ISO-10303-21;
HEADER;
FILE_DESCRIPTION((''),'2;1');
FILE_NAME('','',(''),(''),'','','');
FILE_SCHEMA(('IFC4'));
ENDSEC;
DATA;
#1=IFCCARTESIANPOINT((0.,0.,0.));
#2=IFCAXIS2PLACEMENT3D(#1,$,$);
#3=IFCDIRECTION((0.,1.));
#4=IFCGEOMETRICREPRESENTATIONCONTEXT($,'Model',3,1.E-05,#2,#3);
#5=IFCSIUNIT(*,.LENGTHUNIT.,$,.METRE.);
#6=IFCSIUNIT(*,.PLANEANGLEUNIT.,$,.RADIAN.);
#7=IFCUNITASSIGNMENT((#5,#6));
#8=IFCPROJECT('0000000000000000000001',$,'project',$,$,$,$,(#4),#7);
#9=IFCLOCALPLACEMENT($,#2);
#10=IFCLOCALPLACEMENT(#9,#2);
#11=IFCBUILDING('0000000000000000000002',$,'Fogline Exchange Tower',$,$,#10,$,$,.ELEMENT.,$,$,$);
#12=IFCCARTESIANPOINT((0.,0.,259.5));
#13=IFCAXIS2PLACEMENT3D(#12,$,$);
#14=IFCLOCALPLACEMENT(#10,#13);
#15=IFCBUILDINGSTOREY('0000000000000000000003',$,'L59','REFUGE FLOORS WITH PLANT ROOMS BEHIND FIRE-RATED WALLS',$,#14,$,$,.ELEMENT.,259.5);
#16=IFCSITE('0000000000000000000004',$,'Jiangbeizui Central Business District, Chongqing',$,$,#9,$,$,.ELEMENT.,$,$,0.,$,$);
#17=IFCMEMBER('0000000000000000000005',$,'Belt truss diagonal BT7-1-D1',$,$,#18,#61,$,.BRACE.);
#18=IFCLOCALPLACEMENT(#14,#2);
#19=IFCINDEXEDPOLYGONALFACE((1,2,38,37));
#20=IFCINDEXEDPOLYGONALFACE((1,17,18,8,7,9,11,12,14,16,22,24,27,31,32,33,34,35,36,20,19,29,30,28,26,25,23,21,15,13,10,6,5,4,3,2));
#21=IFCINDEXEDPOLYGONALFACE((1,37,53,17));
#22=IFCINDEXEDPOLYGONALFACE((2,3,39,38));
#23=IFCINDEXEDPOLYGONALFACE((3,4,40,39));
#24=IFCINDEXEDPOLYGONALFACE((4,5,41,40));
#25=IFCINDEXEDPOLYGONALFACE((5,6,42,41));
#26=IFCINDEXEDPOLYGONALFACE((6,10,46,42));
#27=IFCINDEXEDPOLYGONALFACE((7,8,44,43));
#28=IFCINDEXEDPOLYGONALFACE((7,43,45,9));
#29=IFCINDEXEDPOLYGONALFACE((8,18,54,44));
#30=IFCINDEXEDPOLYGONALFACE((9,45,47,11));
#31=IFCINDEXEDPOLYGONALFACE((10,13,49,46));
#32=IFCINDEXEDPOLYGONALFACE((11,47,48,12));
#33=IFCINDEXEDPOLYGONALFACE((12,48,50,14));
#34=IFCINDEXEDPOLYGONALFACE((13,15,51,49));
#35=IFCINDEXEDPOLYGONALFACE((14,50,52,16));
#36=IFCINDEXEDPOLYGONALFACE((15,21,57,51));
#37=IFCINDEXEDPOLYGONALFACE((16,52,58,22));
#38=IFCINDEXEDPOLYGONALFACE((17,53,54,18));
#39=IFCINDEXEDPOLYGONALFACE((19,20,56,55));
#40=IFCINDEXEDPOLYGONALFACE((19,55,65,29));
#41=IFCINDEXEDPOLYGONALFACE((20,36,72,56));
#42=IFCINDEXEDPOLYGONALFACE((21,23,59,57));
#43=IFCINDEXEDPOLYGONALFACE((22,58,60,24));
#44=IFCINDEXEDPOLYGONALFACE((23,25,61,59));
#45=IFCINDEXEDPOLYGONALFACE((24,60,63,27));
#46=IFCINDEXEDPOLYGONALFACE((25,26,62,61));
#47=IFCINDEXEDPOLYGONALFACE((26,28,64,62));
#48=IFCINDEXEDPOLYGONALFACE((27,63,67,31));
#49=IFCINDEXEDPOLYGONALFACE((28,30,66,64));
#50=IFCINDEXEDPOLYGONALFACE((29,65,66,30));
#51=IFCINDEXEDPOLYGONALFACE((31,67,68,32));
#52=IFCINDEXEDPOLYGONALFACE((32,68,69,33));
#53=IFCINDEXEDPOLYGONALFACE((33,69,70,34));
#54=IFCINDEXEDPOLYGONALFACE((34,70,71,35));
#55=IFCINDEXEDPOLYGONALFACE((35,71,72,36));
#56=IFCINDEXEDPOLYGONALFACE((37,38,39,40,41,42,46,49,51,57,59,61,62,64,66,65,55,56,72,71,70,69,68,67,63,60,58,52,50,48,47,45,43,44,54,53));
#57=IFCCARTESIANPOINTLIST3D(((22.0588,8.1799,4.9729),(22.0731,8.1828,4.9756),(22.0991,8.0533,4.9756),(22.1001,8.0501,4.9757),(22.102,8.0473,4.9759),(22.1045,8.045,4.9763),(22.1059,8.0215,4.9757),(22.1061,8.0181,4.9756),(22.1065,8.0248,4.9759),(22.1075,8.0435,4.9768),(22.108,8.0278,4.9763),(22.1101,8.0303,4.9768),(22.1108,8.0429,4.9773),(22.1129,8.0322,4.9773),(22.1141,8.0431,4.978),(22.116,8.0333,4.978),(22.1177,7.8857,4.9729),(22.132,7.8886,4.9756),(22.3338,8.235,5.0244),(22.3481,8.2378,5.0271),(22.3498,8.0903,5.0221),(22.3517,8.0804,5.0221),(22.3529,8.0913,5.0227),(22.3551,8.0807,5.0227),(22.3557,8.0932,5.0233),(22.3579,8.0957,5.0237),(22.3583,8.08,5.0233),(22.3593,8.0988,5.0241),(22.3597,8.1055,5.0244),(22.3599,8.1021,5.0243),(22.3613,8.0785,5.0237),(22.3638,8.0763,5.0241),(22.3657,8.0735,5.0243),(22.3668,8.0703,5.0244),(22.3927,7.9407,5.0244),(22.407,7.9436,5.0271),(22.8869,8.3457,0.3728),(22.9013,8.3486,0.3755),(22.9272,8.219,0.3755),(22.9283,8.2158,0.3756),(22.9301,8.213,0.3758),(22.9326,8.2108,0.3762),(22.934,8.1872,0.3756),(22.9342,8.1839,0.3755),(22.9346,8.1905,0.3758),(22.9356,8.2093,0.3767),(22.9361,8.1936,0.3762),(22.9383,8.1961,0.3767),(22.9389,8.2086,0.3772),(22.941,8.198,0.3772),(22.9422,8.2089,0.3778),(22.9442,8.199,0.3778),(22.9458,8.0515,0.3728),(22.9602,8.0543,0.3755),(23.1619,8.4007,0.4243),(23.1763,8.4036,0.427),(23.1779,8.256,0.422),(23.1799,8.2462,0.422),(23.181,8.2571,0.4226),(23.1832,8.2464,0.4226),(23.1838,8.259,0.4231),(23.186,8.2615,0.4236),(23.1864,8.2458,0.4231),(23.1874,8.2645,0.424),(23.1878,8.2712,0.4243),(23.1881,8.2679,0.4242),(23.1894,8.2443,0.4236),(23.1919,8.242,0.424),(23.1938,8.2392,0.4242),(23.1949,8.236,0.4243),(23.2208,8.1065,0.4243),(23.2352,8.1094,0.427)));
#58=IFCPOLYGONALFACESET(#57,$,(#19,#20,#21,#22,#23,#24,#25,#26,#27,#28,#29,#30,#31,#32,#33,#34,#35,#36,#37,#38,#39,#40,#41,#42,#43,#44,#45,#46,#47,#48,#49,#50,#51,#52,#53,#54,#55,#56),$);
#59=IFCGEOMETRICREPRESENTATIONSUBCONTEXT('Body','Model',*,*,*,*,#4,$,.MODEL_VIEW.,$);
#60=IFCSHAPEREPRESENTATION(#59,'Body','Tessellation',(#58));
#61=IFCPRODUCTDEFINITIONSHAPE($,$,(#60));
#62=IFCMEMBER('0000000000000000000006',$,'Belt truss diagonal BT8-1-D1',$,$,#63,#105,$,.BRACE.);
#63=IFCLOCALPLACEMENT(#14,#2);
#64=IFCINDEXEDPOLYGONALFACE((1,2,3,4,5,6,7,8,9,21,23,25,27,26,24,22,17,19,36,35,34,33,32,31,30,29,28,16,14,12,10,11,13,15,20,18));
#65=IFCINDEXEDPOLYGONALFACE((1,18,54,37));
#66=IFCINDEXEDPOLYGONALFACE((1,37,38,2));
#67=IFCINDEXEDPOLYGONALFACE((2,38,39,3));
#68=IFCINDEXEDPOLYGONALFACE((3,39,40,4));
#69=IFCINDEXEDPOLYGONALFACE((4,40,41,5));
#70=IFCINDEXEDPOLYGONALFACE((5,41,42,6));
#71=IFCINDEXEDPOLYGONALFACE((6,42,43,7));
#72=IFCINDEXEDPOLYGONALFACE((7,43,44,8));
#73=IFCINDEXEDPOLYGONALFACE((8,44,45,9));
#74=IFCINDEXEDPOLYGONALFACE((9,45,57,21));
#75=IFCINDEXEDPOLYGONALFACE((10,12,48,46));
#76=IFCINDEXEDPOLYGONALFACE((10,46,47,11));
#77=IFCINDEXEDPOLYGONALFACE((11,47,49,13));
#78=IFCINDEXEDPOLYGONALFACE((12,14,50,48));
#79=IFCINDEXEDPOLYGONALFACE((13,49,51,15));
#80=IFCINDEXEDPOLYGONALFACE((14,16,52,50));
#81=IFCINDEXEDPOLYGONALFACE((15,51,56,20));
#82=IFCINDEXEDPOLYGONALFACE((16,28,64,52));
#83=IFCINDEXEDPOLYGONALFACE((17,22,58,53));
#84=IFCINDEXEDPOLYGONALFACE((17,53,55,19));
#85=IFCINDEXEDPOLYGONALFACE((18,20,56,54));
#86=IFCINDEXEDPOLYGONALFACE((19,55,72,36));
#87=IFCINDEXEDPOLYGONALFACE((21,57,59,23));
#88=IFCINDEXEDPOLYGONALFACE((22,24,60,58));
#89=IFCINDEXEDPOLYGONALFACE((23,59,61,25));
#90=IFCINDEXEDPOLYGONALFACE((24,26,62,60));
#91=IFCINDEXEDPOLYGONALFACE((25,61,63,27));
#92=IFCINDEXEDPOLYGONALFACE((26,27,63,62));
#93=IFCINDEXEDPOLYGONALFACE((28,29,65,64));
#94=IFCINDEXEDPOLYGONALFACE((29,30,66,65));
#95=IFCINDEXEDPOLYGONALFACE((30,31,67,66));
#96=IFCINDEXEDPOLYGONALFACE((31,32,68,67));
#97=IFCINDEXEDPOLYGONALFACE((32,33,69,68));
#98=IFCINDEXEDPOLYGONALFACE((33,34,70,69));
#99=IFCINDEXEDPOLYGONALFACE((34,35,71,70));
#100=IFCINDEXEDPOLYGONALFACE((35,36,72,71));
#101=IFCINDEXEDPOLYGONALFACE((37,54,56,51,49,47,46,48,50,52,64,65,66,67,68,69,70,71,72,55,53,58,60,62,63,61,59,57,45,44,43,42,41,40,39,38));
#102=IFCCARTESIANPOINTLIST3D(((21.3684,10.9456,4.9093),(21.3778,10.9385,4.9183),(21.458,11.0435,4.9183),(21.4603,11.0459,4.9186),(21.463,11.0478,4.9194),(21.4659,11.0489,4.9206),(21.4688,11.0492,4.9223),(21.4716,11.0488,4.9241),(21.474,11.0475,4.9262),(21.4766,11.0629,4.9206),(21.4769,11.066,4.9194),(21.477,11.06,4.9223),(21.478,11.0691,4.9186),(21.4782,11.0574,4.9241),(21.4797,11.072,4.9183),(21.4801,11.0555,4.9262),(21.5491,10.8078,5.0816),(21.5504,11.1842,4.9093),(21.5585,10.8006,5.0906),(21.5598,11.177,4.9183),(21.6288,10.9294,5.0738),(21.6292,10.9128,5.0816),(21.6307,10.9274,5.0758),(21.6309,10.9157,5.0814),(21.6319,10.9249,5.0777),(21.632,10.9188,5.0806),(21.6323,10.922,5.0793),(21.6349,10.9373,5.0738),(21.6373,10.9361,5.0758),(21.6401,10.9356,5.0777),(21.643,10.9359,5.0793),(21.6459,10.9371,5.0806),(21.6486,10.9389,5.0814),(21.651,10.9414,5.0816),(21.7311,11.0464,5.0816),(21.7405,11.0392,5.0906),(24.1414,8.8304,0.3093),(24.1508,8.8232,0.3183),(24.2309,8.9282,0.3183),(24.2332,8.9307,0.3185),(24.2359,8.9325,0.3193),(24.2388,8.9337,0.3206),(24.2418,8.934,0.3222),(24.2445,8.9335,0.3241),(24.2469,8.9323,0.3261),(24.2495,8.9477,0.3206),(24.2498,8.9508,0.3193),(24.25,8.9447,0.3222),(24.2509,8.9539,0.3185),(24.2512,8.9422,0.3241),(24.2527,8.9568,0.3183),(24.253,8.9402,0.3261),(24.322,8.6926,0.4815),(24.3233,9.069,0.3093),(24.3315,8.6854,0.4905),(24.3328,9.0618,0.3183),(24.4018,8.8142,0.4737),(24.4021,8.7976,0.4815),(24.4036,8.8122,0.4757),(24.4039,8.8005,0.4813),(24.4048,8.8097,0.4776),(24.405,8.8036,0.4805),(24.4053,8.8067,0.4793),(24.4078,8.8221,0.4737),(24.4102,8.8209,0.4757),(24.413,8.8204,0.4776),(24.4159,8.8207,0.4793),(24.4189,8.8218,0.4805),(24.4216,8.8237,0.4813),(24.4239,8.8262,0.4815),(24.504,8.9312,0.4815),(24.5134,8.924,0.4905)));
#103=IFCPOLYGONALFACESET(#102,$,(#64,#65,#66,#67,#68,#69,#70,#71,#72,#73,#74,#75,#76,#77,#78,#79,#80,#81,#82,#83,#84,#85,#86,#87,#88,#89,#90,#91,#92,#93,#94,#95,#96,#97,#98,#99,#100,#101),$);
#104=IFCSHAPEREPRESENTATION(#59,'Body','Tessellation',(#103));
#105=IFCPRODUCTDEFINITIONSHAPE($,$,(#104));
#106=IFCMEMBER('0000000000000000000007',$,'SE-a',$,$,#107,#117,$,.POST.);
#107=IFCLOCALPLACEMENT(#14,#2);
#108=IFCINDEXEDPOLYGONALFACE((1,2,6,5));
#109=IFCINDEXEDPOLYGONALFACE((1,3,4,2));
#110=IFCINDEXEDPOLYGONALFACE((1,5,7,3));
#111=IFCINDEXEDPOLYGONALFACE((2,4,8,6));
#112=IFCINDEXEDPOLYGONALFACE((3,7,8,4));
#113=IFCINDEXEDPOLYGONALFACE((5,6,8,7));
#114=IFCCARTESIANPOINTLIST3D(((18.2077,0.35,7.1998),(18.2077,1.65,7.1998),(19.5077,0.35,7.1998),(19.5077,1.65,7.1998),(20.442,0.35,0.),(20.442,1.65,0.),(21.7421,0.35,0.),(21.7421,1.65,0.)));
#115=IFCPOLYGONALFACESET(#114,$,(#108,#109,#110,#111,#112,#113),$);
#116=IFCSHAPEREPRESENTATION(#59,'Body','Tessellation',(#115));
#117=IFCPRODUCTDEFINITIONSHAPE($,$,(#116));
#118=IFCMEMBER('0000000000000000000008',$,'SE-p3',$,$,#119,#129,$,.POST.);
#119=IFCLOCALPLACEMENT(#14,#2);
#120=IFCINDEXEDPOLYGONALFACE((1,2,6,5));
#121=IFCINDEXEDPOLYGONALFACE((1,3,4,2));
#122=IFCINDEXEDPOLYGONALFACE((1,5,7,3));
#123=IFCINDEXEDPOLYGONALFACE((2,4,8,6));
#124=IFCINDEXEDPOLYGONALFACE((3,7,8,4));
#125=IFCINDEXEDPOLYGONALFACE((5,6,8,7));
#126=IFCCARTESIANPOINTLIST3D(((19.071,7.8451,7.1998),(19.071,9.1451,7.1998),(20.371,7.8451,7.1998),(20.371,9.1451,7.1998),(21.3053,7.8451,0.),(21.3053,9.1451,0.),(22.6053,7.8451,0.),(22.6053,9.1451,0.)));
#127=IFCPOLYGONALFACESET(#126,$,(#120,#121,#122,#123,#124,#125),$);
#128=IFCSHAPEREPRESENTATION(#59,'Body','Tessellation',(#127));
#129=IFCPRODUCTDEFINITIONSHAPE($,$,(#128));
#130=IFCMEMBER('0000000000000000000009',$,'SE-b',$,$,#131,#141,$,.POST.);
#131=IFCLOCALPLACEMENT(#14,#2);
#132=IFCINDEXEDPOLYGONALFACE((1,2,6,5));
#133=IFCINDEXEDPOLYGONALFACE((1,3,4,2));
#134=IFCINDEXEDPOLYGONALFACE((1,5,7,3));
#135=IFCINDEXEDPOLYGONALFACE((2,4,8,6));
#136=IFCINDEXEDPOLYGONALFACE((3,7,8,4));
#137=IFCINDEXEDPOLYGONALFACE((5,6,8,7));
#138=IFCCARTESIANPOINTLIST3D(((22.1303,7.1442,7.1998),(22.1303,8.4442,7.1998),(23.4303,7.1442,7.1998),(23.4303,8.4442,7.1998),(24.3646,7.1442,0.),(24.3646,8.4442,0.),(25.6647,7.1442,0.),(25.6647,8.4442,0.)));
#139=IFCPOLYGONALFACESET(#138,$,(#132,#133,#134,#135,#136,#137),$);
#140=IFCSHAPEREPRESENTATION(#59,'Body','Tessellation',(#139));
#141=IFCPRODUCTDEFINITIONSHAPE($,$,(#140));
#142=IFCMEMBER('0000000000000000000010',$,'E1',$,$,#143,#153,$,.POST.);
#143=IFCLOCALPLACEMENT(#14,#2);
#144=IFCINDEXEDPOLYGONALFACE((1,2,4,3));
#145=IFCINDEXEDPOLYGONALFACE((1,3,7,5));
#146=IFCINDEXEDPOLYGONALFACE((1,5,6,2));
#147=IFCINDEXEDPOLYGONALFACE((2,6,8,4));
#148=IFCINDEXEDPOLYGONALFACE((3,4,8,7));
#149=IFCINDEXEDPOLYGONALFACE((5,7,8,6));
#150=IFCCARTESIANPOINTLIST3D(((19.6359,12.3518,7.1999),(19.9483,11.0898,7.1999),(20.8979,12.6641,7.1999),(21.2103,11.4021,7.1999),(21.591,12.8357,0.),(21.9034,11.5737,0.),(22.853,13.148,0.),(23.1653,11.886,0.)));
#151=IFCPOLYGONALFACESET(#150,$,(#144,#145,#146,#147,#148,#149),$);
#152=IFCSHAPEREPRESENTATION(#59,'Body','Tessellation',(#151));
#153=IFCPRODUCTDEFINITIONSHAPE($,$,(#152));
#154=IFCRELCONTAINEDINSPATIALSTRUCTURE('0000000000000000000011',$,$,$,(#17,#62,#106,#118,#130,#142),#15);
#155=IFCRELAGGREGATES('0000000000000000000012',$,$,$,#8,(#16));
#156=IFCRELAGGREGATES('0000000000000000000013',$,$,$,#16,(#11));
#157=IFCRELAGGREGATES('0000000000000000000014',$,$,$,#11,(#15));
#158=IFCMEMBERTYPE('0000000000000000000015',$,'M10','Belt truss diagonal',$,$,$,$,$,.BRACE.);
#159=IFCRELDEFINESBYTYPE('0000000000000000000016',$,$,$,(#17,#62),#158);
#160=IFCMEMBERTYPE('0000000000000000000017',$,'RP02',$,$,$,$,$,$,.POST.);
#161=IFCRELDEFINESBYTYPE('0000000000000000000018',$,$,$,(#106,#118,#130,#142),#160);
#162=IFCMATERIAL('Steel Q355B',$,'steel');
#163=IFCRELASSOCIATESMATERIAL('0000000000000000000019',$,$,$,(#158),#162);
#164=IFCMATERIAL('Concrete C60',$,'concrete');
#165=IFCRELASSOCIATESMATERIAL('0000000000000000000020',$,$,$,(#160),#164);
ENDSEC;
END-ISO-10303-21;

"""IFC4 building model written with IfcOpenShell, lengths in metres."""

from ifc_helpers import new_model, si_unit, direction, frame, origin, origin_2d, place, context, subcontext, project, spatial, rectangle, i_section, extrude, material, material_profile, profile_set, type_object, element, save


model = new_model("IFC4")

# Units and contexts
model_context = context("Model", 3, precision=1e-05, world=origin(), true_north=direction((0.0, 1.0)))
body_context = subcontext(model_context, "Body", "Model", "MODEL_VIEW")
ifc_project = project(units=[si_unit("LENGTHUNIT", "METRE"), si_unit("PLANEANGLEUNIT", "RADIAN")], contexts=[model_context])

# Site, building, storey
site_placement = place(None, origin())
site = spatial("IfcSite", under=ifc_project, at=site_placement, Name="Jiangbeizui Central Business District, Chongqing", CompositionType="ELEMENT", RefElevation=0.0)
building_placement = place(site_placement, origin())
building = spatial("IfcBuilding", under=site, at=building_placement, Name="Fogline Exchange Tower", CompositionType="ELEMENT")
storey_placement = place(building_placement, frame((0.0, 0.0, 259.5)))
storey = spatial("IfcBuildingStorey", under=building, at=storey_placement, Name="L59", Description="REFUGE FLOORS WITH PLANT ROOMS BEHIND FIRE-RATED WALLS", CompositionType="ELEMENT", Elevation=259.5)

# Members
ifc_material_1 = material(Name="Steel Q355B", Category="steel")
ifc_material_profile_1 = material_profile(ifc_material_1, i_section(OverallWidth=0.3, OverallDepth=0.3, WebThickness=0.01, FlangeThickness=0.0149, FilletRadius=0.0129, at=origin_2d()), Name="HW300X300X10X15")
ifc_profile_set_1 = profile_set([ifc_material_profile_1], Name="Steel Q355B")
member_type_1 = type_object("IfcMemberType", Name="M10", Description="Belt truss diagonal", PredefinedType="BRACE", material=ifc_profile_set_1)
member_1_placement = place(storey_placement, frame((23.061, 8.2275, 0.3999), z_axis=(-0.177064, -0.035444, 0.983561), x_axis=(0.196283, -0.980547, 0.0)))
element("IfcMember", 1, at=member_1_placement, inside=storey, type_object=member_type_1, Name="Belt truss diagonal BT7-1-D1", PredefinedType="BRACE", context=body_context, shape_type="SweptSolid", body=[
    extrude(i_section(OverallWidth=0.3, OverallDepth=0.3, WebThickness=0.01, FlangeThickness=0.0149, FilletRadius=0.0129, at=origin_2d()), origin(), (0.0, 0.0, 1.0), 4.677),
])
member_2_placement = place(storey_placement, frame((24.3274, 8.8772, 0.3999), z_axis=(-0.480354, 0.366419, 0.796868), x_axis=(-0.606499, -0.795084, 0.0)))
element("IfcMember", 2, at=member_2_placement, inside=storey, type_object=member_type_1, Name="Belt truss diagonal BT8-1-D1", PredefinedType="BRACE", context=body_context, shape_type="SweptSolid", body=[
    extrude(i_section(OverallWidth=0.3, OverallDepth=0.3, WebThickness=0.01, FlangeThickness=0.0149, FilletRadius=0.0129, at=origin_2d()), origin(), (0.0, 0.0, 1.0), 5.7727),
])
ifc_material_2 = material(Name="Concrete C60", Category="concrete")
ifc_material_profile_2 = material_profile(ifc_material_2, rectangle(XDim=1.3, YDim=1.3, at=origin_2d()), Name="RC 1300x1300")
ifc_profile_set_2 = profile_set([ifc_material_profile_2], Name="Concrete C60")
member_type_2 = type_object("IfcMemberType", Name="RP02", PredefinedType="POST", material=ifc_profile_set_2)
for number, where, z_axis, x_axis, name in (
    (3, (21.092, 1.0, 0.0), (0.0, 0.0, 1.0), (0.0, -1.0, 0.0), "SE-a"),
    (4, (21.9553, 8.4951, 0.0), (0.0, 0.0, 1.0), (0.0, -1.0, 0.0), "SE-p3"),
    (5, (25.0146, 7.7942, 0.0), (0.0, 0.0, 1.0), (0.0, -1.0, 0.0), "SE-b"),
):
    element("IfcMember", number, at=place(storey_placement, frame(where, z_axis=z_axis, x_axis=x_axis)), inside=storey, type_object=member_type_2, Name=name, PredefinedType="POST", context=body_context, shape_type="SweptSolid", body=[
        extrude(rectangle(XDim=1.3, YDim=1.3, at=origin_2d()), origin(), (0.0, -0.296388, 0.955068), 7.5386),
    ])
member_3_placement = place(storey_placement, frame((22.3782, 12.3608, 0.0), z_axis=(0.0, 0.0, 1.0), x_axis=(0.240253, -0.97071, 0.0)))
element("IfcMember", 6, at=member_3_placement, inside=storey, type_object=member_type_2, Name="E1", PredefinedType="POST", context=body_context, shape_type="SweptSolid", body=[
    extrude(rectangle(XDim=1.3, YDim=1.3, at=origin_2d()), origin(), (0.0, -0.269392, 0.963031), 7.4763),
])

save(model, "model.ifc")
